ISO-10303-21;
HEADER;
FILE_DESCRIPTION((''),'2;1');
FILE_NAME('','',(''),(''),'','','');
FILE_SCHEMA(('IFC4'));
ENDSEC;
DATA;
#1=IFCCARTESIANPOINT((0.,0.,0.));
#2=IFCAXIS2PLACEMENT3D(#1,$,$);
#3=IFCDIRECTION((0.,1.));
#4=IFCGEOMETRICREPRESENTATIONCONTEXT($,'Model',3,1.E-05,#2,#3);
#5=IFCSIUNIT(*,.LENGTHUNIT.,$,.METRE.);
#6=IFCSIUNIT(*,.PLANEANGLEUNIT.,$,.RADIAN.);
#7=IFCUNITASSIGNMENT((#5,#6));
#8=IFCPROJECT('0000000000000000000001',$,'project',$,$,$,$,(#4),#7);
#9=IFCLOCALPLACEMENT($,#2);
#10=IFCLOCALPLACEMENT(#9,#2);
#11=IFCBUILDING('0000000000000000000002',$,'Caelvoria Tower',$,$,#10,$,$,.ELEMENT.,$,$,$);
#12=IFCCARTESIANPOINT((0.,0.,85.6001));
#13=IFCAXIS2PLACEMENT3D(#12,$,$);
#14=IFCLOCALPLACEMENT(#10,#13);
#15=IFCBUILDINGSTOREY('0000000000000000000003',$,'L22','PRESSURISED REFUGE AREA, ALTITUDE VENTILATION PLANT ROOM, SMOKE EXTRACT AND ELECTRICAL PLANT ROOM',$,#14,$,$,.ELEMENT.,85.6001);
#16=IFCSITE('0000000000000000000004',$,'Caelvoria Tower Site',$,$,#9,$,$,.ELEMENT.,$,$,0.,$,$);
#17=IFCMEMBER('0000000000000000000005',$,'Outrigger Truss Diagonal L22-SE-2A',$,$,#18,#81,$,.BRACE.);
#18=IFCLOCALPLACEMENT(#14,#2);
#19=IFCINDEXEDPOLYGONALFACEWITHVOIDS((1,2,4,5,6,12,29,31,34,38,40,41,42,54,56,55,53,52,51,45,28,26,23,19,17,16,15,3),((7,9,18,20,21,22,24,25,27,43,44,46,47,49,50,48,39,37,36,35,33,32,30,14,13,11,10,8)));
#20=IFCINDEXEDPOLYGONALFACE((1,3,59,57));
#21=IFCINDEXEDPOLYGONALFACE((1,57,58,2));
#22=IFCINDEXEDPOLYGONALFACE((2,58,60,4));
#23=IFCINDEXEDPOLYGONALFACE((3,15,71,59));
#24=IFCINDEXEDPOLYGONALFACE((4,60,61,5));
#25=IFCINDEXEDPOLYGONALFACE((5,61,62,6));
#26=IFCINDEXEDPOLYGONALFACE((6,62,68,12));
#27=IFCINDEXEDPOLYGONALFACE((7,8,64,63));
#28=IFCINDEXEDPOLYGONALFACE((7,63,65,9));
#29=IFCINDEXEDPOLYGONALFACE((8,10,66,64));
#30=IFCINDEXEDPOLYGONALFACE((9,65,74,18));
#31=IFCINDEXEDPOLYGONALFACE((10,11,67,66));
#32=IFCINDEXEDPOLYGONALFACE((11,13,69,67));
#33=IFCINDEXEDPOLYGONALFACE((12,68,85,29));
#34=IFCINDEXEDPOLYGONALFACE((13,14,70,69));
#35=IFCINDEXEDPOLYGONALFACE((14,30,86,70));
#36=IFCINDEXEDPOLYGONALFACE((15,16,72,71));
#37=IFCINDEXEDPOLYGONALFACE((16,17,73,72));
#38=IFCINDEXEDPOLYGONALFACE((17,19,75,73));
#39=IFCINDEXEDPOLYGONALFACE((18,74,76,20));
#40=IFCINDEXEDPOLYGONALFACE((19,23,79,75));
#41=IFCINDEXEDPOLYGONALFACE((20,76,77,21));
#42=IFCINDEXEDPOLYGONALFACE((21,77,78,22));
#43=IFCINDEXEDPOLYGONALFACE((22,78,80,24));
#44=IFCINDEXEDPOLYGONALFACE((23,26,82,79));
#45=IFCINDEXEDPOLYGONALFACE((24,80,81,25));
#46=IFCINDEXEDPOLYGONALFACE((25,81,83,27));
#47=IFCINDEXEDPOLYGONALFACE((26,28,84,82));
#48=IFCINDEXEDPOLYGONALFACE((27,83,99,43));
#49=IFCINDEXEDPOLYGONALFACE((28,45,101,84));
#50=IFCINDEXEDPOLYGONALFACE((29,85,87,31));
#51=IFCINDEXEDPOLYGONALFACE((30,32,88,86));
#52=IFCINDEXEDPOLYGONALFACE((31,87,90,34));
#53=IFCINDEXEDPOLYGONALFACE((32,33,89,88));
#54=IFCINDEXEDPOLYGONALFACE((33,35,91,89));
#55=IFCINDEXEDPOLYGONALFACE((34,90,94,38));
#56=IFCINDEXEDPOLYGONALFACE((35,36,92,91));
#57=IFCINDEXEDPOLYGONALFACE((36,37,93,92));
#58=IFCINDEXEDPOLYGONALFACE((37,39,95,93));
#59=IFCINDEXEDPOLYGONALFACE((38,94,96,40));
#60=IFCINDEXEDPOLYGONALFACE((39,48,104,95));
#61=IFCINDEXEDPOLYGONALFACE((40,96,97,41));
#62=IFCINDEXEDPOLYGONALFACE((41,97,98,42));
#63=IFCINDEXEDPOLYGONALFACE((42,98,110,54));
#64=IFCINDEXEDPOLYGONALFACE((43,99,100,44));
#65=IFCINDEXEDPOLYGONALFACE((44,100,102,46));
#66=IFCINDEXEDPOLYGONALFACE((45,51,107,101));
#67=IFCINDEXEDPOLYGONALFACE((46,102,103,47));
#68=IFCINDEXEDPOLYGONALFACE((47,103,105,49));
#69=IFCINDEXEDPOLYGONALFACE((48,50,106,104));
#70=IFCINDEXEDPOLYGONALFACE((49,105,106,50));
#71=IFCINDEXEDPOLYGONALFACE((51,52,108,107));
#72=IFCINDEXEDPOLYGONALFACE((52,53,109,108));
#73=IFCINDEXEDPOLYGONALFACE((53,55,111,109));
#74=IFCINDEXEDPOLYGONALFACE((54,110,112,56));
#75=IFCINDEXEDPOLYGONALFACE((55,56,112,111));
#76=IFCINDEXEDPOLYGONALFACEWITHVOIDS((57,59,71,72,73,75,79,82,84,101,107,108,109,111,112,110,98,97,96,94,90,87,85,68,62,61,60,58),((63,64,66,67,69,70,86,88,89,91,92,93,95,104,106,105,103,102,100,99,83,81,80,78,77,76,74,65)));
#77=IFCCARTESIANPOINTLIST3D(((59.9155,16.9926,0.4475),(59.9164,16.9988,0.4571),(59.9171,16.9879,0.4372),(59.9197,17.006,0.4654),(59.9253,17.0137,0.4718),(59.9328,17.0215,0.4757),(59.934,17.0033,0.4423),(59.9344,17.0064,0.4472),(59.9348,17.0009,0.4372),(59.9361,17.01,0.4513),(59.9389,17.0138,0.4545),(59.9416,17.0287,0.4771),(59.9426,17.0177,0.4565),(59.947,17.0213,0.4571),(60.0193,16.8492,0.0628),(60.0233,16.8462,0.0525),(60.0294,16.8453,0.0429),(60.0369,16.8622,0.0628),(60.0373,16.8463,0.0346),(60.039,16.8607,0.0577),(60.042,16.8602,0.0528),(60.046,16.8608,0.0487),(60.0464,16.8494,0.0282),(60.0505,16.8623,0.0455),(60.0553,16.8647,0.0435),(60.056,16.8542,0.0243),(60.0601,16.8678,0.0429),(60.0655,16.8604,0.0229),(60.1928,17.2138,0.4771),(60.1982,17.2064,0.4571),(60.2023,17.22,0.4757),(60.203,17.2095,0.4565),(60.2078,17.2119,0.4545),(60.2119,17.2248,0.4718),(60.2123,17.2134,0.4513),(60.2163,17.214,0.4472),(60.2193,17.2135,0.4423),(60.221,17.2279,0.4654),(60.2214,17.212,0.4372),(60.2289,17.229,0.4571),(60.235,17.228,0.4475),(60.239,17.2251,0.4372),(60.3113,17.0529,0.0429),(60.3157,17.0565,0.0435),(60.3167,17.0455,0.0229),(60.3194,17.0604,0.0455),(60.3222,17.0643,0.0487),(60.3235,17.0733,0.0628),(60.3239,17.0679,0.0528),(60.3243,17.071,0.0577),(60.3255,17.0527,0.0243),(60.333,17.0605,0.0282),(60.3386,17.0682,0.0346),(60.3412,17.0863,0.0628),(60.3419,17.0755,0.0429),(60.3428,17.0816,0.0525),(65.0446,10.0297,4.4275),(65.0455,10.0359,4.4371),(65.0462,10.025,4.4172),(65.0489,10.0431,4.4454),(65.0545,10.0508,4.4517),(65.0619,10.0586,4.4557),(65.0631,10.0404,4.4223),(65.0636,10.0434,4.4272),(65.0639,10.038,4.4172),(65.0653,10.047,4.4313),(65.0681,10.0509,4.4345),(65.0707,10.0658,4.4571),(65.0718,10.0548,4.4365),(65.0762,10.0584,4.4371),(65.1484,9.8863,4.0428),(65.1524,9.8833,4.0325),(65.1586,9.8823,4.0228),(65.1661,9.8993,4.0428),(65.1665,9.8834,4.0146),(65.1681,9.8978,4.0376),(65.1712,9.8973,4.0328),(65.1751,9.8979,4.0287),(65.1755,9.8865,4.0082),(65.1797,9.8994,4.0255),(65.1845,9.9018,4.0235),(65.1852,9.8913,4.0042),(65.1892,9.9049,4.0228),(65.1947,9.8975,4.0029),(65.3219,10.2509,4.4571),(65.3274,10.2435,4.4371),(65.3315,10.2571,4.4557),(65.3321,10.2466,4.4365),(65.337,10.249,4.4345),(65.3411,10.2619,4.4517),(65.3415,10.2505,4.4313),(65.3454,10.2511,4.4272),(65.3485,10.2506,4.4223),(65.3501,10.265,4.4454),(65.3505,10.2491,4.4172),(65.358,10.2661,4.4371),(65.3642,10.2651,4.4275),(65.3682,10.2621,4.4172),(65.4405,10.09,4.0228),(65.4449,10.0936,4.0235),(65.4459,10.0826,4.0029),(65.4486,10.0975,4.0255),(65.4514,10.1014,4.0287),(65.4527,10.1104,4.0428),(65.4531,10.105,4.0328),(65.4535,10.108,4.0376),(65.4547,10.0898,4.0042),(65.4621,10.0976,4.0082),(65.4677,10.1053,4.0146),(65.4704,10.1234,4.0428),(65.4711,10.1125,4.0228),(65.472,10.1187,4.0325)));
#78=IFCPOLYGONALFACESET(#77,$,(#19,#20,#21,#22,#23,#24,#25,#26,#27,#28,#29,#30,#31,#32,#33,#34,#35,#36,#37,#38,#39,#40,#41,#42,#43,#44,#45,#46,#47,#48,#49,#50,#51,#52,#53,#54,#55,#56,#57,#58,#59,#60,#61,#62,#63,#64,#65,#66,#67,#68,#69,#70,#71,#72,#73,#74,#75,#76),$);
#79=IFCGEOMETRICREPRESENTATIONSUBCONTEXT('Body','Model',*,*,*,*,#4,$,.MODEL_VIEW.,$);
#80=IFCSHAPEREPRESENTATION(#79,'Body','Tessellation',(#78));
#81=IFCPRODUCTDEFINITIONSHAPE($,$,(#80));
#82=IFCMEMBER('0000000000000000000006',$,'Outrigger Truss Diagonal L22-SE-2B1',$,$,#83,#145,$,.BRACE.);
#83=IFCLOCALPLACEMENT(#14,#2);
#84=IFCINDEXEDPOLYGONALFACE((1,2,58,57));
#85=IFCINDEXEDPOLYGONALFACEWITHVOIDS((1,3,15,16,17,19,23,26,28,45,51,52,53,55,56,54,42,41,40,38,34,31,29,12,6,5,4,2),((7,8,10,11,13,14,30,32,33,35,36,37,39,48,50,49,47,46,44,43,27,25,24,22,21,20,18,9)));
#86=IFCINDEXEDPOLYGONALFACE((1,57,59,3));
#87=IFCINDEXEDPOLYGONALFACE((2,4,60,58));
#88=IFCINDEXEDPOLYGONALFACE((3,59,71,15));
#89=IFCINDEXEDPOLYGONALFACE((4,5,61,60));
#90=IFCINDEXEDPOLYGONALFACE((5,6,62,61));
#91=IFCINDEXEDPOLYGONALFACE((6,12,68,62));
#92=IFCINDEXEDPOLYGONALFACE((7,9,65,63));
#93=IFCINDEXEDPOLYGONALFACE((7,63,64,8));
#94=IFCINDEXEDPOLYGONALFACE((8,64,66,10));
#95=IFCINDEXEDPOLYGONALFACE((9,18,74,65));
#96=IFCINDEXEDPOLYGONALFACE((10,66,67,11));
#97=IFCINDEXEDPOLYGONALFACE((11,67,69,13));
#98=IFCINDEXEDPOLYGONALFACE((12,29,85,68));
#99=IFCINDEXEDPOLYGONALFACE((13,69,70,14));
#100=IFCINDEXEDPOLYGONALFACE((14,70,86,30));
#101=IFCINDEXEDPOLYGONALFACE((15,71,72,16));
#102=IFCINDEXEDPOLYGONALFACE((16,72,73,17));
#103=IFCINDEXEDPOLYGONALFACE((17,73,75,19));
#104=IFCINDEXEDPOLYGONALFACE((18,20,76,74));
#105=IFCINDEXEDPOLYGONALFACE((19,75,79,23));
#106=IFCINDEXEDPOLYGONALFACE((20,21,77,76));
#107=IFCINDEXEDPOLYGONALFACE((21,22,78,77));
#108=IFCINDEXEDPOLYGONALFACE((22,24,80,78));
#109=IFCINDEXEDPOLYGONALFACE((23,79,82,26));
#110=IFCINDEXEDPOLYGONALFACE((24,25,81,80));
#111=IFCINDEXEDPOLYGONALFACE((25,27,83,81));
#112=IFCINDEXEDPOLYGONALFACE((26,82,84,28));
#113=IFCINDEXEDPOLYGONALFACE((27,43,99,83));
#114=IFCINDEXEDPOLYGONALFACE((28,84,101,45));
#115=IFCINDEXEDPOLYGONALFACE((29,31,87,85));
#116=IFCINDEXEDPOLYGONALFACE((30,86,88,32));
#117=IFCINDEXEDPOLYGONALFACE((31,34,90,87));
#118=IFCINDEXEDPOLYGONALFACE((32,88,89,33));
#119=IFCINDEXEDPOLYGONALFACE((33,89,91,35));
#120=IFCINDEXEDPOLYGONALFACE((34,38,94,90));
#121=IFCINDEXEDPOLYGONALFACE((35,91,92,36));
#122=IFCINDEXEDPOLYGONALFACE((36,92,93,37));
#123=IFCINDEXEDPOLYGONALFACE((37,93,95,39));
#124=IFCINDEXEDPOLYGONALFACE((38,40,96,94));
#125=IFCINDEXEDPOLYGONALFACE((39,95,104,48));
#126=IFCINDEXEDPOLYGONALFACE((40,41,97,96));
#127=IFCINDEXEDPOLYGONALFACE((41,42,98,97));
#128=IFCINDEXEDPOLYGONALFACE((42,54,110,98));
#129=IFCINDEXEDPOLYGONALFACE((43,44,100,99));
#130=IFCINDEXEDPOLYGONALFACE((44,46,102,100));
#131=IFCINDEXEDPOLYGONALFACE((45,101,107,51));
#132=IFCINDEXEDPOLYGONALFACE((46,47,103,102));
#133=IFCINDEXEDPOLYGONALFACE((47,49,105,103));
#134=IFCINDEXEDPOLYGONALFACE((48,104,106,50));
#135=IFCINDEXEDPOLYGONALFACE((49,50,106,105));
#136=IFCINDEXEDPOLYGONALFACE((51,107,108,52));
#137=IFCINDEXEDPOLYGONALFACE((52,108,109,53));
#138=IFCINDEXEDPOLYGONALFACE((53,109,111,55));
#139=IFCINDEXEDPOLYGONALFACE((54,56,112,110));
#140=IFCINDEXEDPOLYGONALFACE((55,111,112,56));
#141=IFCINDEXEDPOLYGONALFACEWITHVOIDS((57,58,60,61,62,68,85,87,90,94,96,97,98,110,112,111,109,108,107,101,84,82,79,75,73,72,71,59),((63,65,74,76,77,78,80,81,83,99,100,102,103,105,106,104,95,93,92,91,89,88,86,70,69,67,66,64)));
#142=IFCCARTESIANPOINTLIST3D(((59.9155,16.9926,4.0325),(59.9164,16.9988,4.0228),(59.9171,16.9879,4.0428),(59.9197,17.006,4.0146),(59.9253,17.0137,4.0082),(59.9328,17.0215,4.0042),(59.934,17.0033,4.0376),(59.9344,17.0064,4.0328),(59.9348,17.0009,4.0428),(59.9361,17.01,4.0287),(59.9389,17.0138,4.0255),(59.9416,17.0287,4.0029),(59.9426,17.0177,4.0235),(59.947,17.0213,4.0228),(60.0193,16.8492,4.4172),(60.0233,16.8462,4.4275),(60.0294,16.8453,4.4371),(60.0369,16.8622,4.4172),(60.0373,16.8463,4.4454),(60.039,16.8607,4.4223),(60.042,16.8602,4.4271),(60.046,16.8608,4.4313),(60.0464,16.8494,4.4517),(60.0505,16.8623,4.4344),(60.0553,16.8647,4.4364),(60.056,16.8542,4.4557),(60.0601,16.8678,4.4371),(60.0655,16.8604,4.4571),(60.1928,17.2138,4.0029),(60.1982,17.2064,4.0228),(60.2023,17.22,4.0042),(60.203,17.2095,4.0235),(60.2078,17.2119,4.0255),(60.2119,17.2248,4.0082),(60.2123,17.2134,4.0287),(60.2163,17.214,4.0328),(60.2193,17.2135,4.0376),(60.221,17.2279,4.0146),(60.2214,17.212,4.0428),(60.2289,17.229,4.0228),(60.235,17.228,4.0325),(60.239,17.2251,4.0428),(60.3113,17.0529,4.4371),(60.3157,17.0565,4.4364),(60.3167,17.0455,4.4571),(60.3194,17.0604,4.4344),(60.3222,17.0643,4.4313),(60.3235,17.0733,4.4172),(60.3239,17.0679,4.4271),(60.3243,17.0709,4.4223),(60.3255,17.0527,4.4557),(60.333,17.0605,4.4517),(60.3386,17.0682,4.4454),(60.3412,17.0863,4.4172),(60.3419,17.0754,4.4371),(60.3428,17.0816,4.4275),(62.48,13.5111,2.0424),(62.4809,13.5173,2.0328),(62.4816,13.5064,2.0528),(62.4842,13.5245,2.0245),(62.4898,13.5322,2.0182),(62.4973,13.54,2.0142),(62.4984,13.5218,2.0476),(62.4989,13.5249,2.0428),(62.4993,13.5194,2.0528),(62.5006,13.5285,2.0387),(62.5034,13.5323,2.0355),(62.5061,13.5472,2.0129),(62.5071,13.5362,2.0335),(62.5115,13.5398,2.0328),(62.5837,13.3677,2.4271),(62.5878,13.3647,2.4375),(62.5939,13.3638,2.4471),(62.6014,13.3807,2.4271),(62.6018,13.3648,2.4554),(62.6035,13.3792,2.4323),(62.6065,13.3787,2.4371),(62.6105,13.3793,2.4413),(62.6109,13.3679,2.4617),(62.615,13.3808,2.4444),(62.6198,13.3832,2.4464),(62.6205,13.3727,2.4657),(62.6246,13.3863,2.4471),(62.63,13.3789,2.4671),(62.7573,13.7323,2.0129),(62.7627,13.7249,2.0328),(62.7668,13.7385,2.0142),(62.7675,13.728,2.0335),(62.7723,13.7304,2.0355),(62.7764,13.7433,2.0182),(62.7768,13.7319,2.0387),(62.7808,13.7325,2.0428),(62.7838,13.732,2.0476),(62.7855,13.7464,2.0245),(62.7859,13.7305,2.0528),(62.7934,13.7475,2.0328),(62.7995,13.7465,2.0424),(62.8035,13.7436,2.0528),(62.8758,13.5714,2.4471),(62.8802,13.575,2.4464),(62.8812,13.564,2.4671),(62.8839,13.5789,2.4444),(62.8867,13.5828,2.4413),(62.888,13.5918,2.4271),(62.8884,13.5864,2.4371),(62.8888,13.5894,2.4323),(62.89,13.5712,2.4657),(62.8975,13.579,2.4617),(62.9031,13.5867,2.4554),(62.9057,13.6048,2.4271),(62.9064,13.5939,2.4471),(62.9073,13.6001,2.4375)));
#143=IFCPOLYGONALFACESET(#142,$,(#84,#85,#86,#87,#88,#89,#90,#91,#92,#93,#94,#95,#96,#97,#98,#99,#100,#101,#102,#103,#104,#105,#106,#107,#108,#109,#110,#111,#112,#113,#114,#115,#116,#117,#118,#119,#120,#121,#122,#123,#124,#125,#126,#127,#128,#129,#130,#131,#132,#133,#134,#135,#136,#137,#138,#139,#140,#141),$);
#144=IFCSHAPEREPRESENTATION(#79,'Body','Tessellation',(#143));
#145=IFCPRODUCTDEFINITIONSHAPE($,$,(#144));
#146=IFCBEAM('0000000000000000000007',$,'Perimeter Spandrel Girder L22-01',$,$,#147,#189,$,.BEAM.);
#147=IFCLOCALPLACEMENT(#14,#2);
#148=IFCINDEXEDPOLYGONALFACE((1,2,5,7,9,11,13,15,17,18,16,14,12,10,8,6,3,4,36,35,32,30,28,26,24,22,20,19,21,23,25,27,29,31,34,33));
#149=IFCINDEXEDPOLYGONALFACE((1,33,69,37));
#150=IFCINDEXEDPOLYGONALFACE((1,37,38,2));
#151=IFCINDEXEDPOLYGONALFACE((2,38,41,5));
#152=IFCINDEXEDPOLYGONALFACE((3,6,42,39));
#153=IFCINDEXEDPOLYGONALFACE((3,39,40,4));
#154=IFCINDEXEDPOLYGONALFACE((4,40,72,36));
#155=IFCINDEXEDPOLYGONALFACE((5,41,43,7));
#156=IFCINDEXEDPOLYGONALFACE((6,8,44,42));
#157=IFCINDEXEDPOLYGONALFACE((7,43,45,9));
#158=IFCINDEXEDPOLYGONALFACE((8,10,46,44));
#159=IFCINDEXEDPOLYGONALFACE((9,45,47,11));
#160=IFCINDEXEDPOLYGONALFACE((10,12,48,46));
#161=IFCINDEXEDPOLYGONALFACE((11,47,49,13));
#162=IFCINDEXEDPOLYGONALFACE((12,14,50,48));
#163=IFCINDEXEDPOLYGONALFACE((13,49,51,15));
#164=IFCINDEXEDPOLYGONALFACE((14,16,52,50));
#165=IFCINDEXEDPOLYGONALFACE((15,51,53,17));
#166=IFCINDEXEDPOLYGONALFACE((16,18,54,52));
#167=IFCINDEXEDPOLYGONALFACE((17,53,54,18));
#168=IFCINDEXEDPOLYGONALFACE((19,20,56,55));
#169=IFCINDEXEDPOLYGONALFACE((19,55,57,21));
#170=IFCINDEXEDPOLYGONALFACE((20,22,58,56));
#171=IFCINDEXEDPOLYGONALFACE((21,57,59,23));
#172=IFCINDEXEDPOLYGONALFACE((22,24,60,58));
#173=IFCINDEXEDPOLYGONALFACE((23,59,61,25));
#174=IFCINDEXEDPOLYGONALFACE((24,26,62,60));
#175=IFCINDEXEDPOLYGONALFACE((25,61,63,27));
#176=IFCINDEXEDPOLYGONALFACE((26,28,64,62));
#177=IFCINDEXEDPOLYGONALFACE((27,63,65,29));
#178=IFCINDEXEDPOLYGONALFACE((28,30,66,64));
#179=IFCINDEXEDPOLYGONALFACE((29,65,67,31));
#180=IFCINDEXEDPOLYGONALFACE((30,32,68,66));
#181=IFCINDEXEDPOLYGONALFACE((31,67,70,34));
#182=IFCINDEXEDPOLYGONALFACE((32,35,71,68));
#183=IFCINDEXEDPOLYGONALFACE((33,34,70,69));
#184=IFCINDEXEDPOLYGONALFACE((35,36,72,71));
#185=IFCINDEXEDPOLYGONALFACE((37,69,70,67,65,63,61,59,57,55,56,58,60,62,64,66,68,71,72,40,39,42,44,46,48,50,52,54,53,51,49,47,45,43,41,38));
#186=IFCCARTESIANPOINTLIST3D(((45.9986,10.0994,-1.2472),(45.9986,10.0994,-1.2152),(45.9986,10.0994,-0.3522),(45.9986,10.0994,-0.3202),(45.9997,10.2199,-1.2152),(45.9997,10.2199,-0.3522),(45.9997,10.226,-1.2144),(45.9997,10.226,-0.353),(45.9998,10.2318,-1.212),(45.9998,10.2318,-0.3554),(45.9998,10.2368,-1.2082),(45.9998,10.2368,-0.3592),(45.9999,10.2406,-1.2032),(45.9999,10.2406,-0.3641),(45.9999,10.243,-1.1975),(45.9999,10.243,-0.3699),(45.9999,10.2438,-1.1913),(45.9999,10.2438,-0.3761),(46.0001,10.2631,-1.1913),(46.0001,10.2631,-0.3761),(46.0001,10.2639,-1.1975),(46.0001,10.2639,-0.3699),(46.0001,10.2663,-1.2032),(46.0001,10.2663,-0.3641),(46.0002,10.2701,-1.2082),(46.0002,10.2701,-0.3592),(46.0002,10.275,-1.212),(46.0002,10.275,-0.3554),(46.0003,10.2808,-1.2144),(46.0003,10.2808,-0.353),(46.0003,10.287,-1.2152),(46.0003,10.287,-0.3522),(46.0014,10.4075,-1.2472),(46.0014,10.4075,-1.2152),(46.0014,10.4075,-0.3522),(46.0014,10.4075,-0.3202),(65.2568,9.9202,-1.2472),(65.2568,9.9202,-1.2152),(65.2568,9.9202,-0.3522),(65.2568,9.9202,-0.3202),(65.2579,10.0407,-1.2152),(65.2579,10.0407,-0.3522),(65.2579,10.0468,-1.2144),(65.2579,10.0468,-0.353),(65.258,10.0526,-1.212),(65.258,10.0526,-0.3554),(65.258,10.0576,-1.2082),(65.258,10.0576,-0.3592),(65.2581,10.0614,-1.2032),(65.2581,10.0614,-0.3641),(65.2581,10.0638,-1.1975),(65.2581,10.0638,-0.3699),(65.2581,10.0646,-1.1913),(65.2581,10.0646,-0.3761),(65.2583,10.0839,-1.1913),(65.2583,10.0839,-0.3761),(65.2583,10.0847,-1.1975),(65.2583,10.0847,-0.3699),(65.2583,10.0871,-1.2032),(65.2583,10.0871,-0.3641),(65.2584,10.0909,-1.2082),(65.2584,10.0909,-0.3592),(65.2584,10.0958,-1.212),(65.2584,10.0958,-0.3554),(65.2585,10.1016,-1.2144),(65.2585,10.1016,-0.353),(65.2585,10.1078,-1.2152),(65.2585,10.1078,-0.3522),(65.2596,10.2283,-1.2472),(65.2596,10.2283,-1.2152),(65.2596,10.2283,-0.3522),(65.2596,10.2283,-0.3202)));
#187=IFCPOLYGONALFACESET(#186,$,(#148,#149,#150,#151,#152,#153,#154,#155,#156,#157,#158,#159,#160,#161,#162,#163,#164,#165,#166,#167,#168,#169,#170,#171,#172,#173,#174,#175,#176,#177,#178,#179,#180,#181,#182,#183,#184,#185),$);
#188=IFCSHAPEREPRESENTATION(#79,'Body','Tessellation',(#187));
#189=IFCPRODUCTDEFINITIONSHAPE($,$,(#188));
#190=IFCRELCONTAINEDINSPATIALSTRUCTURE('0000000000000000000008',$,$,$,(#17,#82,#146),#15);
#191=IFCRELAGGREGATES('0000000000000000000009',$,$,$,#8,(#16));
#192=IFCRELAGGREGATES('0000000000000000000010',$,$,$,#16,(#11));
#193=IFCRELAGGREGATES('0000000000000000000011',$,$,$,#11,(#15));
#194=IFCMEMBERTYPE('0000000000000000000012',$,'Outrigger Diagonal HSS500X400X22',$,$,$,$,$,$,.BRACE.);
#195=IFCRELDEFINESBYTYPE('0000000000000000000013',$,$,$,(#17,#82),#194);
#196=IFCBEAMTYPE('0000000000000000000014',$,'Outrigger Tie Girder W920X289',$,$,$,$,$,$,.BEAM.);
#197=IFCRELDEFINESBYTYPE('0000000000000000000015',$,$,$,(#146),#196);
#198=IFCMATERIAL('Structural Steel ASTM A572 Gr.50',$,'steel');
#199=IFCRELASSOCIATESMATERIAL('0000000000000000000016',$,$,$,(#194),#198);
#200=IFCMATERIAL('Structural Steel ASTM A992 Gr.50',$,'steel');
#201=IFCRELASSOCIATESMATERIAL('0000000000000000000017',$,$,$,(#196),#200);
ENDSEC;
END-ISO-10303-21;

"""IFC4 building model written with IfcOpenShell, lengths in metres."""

from ifc_helpers import new_model, si_unit, direction, frame, origin, origin_2d, place, context, subcontext, project, spatial, hollow_rectangle, i_section, extrude, material, material_profile, profile_set, type_object, element, save


model = new_model("IFC4")

# Units and contexts
model_context = context("Model", 3, precision=1e-05, world=origin(), true_north=direction((0.0, 1.0)))
body_context = subcontext(model_context, "Body", "Model", "MODEL_VIEW")
ifc_project = project(units=[si_unit("LENGTHUNIT", "METRE"), si_unit("PLANEANGLEUNIT", "RADIAN")], contexts=[model_context])

# Site, building, storey
site_placement = place(None, origin())
site = spatial("IfcSite", under=ifc_project, at=site_placement, Name="Caelvoria Tower Site", CompositionType="ELEMENT", RefElevation=0.0)
building_placement = place(site_placement, origin())
building = spatial("IfcBuilding", under=site, at=building_placement, Name="Caelvoria Tower", CompositionType="ELEMENT")
storey_placement = place(building_placement, frame((0.0, 0.0, 85.6001)))
storey = spatial("IfcBuildingStorey", under=building, at=storey_placement, Name="L22", Description="PRESSURISED REFUGE AREA, ALTITUDE VENTILATION PLANT ROOM, SMOKE EXTRACT AND ELECTRICAL PLANT ROOM", CompositionType="ELEMENT", Elevation=85.6001)

# Members
ifc_material_1 = material(Name="Structural Steel ASTM A572 Gr.50", Category="steel")
ifc_material_profile_1 = material_profile(ifc_material_1, hollow_rectangle(XDim=0.3999, YDim=0.5, WallThickness=0.022, InnerFilletRadius=0.022, OuterFilletRadius=0.0439, at=origin_2d()), Name="Structural Steel ASTM A572 Gr.50")
ifc_profile_set_1 = profile_set([ifc_material_profile_1], Name="HSS500X400X22 - Structural Steel ASTM A572 Gr.50")
member_type_1 = type_object("IfcMemberType", Name="Outrigger Diagonal HSS500X400X22", PredefinedType="BRACE", material=ifc_profile_set_1)
member_1_placement = place(storey_placement, frame((60.1292, 17.0371, 0.25), z_axis=(0.538777, -0.731397, 0.418065), x_axis=(0.805133, 0.593094, 0.0)))
element("IfcMember", 1, at=member_1_placement, inside=storey, type_object=member_type_1, Name="Outrigger Truss Diagonal L22-SE-2A", PredefinedType="BRACE", context=body_context, shape_type="SweptSolid", body=[
    extrude(hollow_rectangle(XDim=0.3999, YDim=0.5, WallThickness=0.022, InnerFilletRadius=0.022, OuterFilletRadius=0.0439, at=origin_2d()), origin(), (0.0, 0.0, 1.0), 9.52),
])
member_2_placement = place(storey_placement, frame((60.1292, 17.0371, 4.23), z_axis=(0.538758, -0.731407, -0.418071), x_axis=(0.805147, 0.593076, 0.0)))
element("IfcMember", 2, at=member_2_placement, inside=storey, type_object=member_type_1, Name="Outrigger Truss Diagonal L22-SE-2B1", PredefinedType="BRACE", context=body_context, shape_type="SweptSolid", body=[
    extrude(hollow_rectangle(XDim=0.3999, YDim=0.5, WallThickness=0.022, InnerFilletRadius=0.022, OuterFilletRadius=0.0439, at=origin_2d()), origin(), (0.0, 0.0, 1.0), 4.76),
])

# Beam
ifc_material_2 = material(Name="Structural Steel ASTM A992 Gr.50", Category="steel")
ifc_material_profile_2 = material_profile(ifc_material_2, i_section(OverallWidth=0.3081, OverallDepth=0.927, WebThickness=0.0193, FlangeThickness=0.032, FilletRadius=0.0239, at=origin_2d()), Name="Structural Steel ASTM A992 Gr.50")
ifc_profile_set_2 = profile_set([ifc_material_profile_2], Name="W920X289 - Structural Steel ASTM A992 Gr.50")
beam_type_1 = type_object("IfcBeamType", Name="Outrigger Tie Girder W920X289", PredefinedType="BEAM", material=ifc_profile_set_2)
beam_1_placement = place(storey_placement, frame((46.0, 10.2534, -0.7837), z_axis=(0.999957, -0.009305, 0.0), x_axis=(0.009305, 0.999957, 0.0)))
element("IfcBeam", 3, at=beam_1_placement, inside=storey, type_object=beam_type_1, Name="Perimeter Spandrel Girder L22-01", PredefinedType="BEAM", context=body_context, shape_type="SweptSolid", body=[
    extrude(i_section(OverallWidth=0.3081, OverallDepth=0.927, WebThickness=0.0193, FlangeThickness=0.032, FilletRadius=0.0239, at=origin_2d()), origin(), (0.0, 0.0, 1.0), 19.259),
])

save(model, "model.ifc")
